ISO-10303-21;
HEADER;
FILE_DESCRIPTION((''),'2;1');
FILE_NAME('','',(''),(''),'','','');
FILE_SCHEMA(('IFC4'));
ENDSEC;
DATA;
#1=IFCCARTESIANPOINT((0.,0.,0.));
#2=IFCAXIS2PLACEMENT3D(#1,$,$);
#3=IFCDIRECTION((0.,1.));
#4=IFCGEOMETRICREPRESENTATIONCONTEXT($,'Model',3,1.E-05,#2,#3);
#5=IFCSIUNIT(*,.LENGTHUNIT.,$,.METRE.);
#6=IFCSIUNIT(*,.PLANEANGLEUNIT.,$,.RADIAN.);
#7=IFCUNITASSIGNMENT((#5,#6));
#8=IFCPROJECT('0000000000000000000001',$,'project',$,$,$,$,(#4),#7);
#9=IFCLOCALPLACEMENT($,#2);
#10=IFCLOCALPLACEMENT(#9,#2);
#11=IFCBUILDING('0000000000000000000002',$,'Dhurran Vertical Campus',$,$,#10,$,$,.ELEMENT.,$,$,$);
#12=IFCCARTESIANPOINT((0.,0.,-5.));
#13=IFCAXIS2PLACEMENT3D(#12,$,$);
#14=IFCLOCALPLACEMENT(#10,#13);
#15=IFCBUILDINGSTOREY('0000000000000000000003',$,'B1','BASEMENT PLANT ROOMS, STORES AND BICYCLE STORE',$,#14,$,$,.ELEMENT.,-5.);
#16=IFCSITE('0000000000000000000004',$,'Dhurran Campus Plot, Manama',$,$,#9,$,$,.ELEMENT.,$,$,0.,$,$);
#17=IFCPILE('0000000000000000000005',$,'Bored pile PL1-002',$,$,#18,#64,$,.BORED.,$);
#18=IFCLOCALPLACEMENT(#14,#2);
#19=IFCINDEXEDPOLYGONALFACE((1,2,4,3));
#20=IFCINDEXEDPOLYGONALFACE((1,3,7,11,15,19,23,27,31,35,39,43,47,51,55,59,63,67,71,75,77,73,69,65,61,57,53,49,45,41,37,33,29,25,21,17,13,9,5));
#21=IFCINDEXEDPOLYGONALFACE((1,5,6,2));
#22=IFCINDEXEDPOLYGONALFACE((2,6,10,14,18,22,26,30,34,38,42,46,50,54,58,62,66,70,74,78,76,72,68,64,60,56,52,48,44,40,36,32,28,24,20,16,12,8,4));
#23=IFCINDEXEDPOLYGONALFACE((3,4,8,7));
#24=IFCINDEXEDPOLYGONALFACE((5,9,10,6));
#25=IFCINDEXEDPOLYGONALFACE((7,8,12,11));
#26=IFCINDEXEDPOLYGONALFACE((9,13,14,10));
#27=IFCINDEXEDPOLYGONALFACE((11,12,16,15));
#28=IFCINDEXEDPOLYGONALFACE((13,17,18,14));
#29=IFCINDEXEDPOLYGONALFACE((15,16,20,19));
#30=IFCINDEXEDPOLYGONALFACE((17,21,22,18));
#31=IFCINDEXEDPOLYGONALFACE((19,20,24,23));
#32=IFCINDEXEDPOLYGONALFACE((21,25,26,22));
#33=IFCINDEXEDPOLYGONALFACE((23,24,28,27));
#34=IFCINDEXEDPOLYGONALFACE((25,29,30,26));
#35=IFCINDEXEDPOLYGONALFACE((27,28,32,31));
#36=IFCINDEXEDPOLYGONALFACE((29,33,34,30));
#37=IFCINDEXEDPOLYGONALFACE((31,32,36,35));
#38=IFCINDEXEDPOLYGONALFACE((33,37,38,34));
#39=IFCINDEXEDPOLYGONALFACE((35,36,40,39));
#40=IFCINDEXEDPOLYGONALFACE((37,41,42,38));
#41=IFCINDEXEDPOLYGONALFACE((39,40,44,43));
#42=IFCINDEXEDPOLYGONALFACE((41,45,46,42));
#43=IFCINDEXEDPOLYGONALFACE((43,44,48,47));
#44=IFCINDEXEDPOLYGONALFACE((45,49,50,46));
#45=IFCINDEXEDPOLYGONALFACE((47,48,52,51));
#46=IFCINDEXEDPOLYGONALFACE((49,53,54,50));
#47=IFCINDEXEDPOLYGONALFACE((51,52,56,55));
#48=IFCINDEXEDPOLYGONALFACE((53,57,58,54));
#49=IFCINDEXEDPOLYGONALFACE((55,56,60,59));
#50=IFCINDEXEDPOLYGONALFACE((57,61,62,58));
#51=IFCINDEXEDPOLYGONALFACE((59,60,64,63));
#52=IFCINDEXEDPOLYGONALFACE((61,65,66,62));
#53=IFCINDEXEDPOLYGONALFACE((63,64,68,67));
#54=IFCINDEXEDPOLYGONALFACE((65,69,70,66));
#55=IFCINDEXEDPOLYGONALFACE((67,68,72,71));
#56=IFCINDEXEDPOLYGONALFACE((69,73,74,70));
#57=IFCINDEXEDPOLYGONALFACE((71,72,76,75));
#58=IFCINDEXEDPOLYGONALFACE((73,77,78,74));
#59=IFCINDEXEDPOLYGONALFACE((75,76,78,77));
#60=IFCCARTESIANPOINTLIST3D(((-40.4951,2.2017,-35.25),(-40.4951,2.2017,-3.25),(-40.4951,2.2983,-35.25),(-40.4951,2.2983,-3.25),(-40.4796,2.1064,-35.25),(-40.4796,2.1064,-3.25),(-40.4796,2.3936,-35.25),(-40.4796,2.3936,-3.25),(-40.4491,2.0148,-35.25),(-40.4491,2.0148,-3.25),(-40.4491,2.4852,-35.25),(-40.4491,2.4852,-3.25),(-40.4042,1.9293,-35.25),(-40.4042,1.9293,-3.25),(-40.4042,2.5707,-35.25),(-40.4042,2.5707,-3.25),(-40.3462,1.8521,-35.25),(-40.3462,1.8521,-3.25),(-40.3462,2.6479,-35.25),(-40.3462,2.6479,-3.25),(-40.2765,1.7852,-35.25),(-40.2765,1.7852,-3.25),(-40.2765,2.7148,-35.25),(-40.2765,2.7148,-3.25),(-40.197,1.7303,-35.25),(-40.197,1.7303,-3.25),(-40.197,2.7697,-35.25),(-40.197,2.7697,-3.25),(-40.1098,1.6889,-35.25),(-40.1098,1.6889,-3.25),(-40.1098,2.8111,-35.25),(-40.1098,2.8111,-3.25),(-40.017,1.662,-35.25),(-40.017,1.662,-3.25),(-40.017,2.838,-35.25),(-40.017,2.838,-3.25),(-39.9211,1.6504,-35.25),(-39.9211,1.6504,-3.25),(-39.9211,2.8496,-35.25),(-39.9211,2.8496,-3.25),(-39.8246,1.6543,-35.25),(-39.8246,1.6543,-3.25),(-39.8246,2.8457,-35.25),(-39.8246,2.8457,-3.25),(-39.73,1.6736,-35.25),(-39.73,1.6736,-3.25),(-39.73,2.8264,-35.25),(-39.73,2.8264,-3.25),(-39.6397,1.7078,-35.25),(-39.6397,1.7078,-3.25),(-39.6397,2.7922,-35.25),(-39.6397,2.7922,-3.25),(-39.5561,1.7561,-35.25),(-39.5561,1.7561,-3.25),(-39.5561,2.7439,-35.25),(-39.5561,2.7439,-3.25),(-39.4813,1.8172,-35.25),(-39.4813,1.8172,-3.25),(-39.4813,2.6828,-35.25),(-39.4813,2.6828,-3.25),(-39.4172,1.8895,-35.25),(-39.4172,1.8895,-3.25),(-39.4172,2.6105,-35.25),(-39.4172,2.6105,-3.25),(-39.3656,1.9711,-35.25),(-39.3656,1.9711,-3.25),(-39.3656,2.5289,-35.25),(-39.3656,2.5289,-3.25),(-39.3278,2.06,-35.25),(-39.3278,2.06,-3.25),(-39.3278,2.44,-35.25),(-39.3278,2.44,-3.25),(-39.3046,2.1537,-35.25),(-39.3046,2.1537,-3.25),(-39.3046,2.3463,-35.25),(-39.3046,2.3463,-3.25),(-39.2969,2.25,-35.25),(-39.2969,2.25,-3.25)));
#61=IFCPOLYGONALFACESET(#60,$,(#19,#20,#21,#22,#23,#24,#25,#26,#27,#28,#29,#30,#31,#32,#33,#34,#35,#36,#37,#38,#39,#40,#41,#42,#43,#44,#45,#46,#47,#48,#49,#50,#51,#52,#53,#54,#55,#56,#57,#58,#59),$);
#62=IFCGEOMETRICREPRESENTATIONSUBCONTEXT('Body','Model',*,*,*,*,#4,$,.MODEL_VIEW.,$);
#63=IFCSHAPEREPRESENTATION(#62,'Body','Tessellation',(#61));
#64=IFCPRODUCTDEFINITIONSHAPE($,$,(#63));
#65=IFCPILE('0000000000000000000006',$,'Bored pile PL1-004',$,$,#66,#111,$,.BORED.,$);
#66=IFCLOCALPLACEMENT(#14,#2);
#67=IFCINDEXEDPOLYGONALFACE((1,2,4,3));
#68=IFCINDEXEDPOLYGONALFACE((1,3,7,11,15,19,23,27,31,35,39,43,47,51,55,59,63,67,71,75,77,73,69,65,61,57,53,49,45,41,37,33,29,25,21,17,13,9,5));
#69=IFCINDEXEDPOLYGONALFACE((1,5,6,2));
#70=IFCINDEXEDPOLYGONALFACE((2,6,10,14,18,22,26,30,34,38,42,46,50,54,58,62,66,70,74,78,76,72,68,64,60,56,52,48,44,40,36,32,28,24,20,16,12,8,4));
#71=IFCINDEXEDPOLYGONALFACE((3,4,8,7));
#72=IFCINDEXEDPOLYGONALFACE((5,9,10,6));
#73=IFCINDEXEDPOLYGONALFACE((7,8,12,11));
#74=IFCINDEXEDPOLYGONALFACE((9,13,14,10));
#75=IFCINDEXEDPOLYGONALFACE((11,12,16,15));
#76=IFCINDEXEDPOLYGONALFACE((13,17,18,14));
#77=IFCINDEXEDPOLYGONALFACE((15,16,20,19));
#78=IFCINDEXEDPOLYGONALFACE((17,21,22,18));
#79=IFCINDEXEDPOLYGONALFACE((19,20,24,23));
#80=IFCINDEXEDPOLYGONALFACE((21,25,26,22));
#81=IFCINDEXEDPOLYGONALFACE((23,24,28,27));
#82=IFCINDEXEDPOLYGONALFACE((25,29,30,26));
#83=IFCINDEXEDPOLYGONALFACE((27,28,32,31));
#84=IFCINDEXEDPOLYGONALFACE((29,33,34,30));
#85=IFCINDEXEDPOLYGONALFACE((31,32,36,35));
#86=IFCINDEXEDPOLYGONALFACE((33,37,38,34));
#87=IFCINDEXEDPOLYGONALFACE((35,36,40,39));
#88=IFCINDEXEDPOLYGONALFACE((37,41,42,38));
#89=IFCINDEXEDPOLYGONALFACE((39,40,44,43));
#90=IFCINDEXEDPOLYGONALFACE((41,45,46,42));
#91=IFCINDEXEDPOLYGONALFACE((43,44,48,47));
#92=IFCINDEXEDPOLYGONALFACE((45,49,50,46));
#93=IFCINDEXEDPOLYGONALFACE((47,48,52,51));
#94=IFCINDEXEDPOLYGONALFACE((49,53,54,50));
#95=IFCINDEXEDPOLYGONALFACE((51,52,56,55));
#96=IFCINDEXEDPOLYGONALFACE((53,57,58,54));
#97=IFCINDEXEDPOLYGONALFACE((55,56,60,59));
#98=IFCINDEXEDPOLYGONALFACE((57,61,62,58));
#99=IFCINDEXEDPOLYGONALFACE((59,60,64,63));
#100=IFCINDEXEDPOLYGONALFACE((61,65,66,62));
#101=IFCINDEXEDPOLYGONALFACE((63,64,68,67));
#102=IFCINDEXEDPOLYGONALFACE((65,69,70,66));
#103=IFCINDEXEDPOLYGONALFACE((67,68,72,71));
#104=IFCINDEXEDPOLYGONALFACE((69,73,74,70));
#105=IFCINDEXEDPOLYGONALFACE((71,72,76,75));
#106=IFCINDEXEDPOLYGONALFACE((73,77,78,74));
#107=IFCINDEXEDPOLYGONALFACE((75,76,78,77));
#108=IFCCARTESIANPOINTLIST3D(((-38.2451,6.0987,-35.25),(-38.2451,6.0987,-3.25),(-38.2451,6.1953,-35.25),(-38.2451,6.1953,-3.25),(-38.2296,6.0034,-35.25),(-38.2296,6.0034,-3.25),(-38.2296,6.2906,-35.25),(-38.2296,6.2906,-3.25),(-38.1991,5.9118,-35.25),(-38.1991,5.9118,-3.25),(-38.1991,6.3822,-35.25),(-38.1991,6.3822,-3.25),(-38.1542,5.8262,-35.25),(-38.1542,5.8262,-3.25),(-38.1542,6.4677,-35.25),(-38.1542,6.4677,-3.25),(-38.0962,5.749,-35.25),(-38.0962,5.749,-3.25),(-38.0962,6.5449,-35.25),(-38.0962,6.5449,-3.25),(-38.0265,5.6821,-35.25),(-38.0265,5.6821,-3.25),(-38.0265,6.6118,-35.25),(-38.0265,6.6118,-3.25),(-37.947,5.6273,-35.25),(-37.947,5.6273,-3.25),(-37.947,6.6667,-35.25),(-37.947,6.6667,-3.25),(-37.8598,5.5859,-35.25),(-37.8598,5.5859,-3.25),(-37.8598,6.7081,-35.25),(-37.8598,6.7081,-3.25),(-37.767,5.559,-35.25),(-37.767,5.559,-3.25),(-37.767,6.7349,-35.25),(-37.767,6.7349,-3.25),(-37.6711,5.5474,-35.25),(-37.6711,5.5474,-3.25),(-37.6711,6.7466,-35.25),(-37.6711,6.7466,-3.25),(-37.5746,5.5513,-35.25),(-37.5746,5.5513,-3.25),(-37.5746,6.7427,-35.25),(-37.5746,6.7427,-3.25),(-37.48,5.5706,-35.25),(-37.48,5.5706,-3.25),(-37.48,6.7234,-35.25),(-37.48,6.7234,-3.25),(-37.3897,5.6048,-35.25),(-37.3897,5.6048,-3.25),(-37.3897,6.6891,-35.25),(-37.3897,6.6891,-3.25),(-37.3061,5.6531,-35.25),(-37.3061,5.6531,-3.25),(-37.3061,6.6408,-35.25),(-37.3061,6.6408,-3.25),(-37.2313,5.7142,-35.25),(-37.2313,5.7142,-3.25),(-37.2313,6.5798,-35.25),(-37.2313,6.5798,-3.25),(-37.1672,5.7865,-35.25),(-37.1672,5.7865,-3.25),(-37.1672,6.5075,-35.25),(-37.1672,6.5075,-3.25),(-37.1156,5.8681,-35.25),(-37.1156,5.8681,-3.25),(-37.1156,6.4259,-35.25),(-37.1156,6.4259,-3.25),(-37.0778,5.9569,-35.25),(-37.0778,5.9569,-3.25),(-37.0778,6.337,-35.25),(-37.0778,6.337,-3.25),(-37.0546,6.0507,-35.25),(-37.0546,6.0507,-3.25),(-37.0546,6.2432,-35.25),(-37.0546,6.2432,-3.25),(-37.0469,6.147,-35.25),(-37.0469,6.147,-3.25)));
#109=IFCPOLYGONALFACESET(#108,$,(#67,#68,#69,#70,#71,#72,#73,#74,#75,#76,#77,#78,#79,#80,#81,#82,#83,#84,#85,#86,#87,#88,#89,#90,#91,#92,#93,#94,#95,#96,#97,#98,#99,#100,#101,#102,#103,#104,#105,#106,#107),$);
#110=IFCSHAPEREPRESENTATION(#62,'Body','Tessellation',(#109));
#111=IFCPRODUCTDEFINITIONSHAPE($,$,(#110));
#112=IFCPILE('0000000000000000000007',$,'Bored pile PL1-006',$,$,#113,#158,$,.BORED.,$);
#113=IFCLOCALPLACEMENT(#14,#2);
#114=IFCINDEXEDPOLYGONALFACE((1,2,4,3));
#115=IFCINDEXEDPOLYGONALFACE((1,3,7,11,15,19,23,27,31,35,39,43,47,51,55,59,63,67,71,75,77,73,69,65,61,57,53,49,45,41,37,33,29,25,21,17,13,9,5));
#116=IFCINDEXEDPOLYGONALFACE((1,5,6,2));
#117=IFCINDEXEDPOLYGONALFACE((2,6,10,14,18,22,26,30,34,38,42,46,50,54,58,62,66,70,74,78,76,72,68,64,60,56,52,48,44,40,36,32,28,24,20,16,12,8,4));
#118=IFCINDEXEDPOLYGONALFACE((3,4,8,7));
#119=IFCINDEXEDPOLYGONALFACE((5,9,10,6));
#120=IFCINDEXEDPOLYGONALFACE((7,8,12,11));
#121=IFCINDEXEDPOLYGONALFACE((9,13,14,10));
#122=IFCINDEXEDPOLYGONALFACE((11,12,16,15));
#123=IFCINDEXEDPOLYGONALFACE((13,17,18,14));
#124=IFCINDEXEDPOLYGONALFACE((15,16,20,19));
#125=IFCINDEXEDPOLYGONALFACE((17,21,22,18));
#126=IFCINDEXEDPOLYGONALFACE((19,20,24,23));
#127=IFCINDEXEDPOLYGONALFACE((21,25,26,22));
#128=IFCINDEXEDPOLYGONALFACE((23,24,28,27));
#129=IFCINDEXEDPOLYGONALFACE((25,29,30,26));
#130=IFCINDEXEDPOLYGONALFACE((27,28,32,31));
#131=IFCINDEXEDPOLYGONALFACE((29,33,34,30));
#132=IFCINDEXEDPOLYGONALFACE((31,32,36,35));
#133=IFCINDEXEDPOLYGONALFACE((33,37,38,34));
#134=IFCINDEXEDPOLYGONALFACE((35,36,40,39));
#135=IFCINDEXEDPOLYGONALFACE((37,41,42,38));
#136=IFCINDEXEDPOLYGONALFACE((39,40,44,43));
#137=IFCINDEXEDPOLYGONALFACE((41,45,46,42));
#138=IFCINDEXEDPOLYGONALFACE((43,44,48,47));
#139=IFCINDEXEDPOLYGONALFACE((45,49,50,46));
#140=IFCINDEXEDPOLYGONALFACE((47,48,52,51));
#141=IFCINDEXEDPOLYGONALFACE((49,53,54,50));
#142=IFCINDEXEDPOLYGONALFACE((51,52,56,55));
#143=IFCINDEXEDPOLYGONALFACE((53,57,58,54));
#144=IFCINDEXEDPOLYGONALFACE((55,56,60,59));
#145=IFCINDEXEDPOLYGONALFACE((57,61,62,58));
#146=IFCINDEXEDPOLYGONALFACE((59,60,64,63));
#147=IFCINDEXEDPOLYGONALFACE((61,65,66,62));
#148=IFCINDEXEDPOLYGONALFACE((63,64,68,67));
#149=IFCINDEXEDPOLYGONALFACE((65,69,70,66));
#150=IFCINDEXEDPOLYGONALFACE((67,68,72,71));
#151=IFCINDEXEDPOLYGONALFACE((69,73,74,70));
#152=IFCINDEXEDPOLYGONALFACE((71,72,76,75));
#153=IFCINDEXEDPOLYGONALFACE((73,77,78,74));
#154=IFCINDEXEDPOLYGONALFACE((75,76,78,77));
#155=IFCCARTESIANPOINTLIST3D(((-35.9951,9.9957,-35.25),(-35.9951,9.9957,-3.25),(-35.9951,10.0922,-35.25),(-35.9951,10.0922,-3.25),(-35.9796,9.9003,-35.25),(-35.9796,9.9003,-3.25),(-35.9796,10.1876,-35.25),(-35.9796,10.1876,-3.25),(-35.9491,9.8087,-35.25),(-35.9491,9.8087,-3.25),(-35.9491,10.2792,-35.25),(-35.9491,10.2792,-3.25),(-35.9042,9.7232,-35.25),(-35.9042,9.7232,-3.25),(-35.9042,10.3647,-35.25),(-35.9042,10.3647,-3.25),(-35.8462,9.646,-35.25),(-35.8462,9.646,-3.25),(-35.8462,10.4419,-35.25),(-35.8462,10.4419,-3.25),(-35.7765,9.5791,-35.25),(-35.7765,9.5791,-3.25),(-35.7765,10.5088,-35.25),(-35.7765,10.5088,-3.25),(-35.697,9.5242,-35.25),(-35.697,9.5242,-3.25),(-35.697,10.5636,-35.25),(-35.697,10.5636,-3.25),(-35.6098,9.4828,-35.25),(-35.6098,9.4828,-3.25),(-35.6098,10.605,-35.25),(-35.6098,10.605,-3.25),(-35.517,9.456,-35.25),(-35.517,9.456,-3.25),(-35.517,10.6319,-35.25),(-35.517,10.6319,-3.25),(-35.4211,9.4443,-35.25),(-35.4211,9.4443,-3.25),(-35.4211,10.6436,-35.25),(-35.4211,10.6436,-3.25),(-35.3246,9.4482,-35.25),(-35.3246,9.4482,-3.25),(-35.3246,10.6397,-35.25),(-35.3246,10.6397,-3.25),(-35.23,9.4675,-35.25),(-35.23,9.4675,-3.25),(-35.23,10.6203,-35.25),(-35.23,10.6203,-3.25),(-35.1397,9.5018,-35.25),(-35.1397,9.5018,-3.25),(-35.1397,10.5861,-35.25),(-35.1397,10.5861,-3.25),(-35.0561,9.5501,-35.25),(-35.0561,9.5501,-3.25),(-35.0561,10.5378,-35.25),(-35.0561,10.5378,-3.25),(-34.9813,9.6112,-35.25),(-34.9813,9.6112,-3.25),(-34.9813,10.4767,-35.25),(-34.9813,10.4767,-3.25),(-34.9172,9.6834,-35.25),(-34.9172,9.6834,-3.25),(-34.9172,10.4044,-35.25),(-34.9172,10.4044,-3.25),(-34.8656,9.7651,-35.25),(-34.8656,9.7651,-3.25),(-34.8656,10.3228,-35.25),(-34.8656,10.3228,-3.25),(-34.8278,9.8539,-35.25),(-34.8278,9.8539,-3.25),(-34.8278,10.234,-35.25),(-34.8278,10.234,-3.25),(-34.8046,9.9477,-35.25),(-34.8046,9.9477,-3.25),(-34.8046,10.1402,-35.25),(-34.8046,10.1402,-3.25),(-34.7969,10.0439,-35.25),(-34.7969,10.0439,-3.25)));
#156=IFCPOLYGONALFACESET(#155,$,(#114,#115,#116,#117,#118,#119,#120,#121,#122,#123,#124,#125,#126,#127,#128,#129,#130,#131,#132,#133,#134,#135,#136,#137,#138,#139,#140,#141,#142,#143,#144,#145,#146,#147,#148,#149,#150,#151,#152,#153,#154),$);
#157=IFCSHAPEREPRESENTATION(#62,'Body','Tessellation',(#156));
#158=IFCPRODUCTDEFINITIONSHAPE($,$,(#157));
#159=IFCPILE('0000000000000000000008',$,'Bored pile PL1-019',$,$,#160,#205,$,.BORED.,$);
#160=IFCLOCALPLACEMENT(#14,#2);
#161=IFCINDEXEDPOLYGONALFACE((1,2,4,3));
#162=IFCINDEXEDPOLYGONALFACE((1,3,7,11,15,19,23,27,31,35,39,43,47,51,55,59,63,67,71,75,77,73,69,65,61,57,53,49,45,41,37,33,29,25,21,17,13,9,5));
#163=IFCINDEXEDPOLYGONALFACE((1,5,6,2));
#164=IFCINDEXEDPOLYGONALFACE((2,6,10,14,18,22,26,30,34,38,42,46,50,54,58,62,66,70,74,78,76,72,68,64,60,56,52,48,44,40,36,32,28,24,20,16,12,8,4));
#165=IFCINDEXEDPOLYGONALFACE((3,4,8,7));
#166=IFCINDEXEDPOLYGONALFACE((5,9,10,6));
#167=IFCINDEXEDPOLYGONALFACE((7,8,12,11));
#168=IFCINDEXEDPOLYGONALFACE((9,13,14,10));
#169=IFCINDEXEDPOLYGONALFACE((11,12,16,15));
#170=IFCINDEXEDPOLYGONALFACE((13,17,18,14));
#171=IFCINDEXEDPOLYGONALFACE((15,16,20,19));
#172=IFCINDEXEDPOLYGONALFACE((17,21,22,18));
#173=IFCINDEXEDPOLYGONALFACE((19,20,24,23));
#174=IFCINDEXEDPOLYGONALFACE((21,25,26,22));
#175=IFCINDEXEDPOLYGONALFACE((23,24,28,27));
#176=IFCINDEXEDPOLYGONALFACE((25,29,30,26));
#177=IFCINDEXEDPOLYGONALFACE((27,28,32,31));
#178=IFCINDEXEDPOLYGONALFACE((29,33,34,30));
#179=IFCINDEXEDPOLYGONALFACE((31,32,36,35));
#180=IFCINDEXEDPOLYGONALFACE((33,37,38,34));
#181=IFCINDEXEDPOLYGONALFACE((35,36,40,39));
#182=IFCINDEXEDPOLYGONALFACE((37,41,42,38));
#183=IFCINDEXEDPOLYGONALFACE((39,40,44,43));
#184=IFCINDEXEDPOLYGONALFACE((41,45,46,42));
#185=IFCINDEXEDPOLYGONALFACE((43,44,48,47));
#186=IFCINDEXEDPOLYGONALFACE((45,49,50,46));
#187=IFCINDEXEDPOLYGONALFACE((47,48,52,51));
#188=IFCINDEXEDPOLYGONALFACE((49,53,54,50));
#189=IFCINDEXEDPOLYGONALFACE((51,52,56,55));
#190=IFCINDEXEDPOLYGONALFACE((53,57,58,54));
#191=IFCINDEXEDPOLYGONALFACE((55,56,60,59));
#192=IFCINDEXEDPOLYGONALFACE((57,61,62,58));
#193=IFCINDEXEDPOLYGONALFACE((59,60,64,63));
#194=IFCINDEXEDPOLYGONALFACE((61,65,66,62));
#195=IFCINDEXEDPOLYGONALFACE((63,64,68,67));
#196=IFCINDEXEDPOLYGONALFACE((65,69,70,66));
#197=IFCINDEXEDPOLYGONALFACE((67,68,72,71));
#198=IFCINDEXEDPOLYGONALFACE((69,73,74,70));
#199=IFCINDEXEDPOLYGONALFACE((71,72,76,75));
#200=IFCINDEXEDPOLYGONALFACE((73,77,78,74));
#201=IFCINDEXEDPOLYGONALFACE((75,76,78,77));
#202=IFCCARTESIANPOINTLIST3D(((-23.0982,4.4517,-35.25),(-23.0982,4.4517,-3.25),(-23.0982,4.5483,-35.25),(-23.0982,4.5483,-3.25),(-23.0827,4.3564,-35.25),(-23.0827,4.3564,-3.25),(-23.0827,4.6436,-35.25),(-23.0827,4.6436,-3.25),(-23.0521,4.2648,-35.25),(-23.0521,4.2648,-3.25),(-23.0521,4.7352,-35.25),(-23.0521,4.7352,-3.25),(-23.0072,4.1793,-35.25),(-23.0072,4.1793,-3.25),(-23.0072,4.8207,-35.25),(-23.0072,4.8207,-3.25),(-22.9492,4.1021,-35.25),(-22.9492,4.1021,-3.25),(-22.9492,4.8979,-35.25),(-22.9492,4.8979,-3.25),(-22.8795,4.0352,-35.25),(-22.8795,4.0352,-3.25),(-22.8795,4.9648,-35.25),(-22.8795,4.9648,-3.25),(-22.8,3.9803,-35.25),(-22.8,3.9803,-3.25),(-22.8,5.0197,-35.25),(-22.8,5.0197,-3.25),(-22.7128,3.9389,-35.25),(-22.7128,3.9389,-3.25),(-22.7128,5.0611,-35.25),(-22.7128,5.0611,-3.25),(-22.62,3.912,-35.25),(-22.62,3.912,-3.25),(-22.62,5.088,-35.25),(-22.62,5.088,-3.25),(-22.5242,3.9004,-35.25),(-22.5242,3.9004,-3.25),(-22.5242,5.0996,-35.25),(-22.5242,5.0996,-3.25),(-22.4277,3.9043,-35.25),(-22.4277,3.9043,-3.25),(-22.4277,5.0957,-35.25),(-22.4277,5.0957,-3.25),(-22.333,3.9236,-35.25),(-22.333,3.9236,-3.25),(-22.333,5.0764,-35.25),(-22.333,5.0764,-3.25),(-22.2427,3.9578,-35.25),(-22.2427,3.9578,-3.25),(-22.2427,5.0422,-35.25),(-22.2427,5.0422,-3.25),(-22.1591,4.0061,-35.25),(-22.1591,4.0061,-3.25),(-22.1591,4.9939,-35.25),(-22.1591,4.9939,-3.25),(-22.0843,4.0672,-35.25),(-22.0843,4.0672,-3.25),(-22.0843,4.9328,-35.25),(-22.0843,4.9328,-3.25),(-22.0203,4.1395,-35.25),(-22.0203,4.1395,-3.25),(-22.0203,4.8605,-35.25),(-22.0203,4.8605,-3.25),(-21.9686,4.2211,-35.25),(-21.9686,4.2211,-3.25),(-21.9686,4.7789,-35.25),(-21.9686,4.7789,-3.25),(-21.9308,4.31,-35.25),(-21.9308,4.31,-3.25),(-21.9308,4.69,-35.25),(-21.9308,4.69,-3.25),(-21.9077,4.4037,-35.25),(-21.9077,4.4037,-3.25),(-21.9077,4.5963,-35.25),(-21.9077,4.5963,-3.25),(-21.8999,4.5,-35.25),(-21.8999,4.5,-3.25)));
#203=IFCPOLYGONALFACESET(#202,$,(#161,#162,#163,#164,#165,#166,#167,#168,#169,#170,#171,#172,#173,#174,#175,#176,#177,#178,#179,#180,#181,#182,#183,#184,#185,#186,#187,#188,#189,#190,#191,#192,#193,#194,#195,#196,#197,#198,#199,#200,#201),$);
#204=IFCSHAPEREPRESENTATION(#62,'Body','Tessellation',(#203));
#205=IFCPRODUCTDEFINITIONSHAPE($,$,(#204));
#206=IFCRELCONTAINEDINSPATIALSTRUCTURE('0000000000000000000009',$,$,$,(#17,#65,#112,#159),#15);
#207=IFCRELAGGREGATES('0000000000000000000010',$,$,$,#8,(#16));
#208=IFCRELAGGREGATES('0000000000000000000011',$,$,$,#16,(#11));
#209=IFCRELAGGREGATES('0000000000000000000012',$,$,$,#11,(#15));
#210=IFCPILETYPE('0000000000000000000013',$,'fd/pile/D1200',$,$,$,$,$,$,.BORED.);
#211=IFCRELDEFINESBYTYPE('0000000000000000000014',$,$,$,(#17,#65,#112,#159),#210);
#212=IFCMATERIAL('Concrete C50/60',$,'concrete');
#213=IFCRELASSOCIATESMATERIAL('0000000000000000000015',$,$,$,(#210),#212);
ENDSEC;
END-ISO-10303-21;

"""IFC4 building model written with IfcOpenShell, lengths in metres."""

from ifc_helpers import new_model, si_unit, direction, frame, origin, origin_2d, place, context, subcontext, project, spatial, circle, extrude, material, material_profile, profile_set, type_object, element, save


model = new_model("IFC4")

# Units and contexts
model_context = context("Model", 3, precision=1e-05, world=origin(), true_north=direction((0.0, 1.0)))
body_context = subcontext(model_context, "Body", "Model", "MODEL_VIEW")
ifc_project = project(units=[si_unit("LENGTHUNIT", "METRE"), si_unit("PLANEANGLEUNIT", "RADIAN")], contexts=[model_context])

# Site, building, storey
site_placement = place(None, origin())
site = spatial("IfcSite", under=ifc_project, at=site_placement, Name="Dhurran Campus Plot, Manama", CompositionType="ELEMENT", RefElevation=0.0)
building_placement = place(site_placement, origin())
building = spatial("IfcBuilding", under=site, at=building_placement, Name="Dhurran Vertical Campus", CompositionType="ELEMENT")
storey_placement = place(building_placement, frame((0.0, 0.0, -5.0)))
storey = spatial("IfcBuildingStorey", under=building, at=storey_placement, Name="B1", Description="BASEMENT PLANT ROOMS, STORES AND BICYCLE STORE", CompositionType="ELEMENT", Elevation=-5.0)

# Piles
ifc_material_1 = material(Name="Concrete C50/60", Category="concrete")
ifc_material_profile_1 = material_profile(ifc_material_1, circle(Radius=0.6001, at=origin_2d()), Name="fd/pile/D1200")
ifc_profile_set_1 = profile_set([ifc_material_profile_1], Name="Concrete C50/60")
pile_type = type_object("IfcPileType", Name="fd/pile/D1200", PredefinedType="BORED", material=ifc_profile_set_1)
for number, where, z_axis, x_axis, name in (
    (1, (-39.897, 2.25, -3.25), (0.0, 0.0, -1.0), (1.0, 0.0, 0.0), "Bored pile PL1-002"),
    (2, (-37.647, 6.147, -3.25), (0.0, 0.0, -1.0), (1.0, 0.0, 0.0), "Bored pile PL1-004"),
    (3, (-35.397, 10.0439, -3.25), (0.0, 0.0, -1.0), (1.0, 0.0, 0.0), "Bored pile PL1-006"),
    (4, (-22.5, 4.5, -3.25), (0.0, 0.0, -1.0), (1.0, 0.0, 0.0), "Bored pile PL1-019"),
):
    element("IfcPile", number, at=place(storey_placement, frame(where, z_axis=z_axis, x_axis=x_axis)), inside=storey, type_object=pile_type, Name=name, PredefinedType="BORED", context=body_context, shape_type="SweptSolid", body=[
        extrude(circle(Radius=0.6001, at=origin_2d()), origin(), (0.0, 0.0, 1.0), 32.0),
    ])

save(model, "model.ifc")
